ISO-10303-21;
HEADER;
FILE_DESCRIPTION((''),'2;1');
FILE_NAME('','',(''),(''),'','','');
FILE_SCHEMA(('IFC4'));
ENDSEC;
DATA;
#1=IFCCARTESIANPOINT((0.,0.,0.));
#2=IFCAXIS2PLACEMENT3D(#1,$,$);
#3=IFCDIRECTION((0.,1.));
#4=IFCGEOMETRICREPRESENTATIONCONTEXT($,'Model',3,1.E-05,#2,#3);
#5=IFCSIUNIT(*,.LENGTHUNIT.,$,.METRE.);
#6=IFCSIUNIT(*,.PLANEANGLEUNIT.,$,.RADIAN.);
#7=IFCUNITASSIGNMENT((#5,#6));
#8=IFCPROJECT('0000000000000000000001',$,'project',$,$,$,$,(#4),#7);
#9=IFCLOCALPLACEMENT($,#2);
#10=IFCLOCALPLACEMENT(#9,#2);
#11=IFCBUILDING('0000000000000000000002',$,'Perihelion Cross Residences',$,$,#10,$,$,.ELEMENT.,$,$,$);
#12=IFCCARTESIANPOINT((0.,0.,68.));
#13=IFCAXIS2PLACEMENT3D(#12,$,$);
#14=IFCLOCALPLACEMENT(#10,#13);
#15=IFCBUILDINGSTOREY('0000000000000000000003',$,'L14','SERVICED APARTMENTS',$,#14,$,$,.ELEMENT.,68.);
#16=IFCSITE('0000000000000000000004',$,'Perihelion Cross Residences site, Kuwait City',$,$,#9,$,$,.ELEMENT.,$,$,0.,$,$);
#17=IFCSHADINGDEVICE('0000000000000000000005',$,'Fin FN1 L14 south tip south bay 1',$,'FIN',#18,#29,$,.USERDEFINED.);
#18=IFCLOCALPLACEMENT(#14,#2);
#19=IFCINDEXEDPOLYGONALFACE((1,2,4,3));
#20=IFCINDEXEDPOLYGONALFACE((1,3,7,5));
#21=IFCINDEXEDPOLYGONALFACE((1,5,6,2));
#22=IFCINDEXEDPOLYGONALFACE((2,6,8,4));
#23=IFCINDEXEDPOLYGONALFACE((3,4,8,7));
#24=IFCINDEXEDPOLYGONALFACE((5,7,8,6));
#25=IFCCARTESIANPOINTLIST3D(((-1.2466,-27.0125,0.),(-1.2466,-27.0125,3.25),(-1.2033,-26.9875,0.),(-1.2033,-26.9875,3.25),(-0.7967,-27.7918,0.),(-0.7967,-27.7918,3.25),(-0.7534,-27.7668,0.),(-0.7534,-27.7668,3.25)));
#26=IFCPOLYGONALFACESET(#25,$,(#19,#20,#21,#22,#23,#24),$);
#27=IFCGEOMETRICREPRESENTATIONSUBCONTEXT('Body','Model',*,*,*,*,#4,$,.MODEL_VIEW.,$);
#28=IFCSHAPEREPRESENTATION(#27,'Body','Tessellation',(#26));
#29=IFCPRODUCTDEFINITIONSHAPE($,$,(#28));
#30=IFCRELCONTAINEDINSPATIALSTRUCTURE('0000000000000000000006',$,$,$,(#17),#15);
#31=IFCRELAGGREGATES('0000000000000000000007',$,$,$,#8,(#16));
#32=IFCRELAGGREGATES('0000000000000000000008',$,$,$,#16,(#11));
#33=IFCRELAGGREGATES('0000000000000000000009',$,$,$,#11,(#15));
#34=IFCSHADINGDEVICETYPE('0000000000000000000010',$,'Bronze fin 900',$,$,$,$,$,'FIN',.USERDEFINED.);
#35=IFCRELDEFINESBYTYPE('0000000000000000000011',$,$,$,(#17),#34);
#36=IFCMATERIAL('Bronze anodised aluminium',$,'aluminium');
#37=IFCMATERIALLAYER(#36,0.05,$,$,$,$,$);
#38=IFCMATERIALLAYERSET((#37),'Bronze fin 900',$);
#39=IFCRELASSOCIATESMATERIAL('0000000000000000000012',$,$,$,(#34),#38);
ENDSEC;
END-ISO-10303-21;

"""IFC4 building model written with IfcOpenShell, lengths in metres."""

from ifc_helpers import new_model, si_unit, direction, frame, origin, origin_2d, place, context, subcontext, project, spatial, rectangle, extrude, material, layer, layer_set, type_object, element, save


model = new_model("IFC4")

# Units and contexts
model_context = context("Model", 3, precision=1e-05, world=origin(), true_north=direction((0.0, 1.0)))
body_context = subcontext(model_context, "Body", "Model", "MODEL_VIEW")
ifc_project = project(units=[si_unit("LENGTHUNIT", "METRE"), si_unit("PLANEANGLEUNIT", "RADIAN")], contexts=[model_context])

# Site, building, storey
site_placement = place(None, origin())
site = spatial("IfcSite", under=ifc_project, at=site_placement, Name="Perihelion Cross Residences site, Kuwait City", CompositionType="ELEMENT", RefElevation=0.0)
building_placement = place(site_placement, origin())
building = spatial("IfcBuilding", under=site, at=building_placement, Name="Perihelion Cross Residences", CompositionType="ELEMENT")
storey_placement = place(building_placement, frame((0.0, 0.0, 68.0)))
storey = spatial("IfcBuildingStorey", under=building, at=storey_placement, Name="L14", Description="SERVICED APARTMENTS", CompositionType="ELEMENT", Elevation=68.0)

# Shading device
ifc_material_1 = material(Name="Bronze anodised aluminium", Category="aluminium")
ifc_layer_1 = layer(ifc_material_1, 0.05)
ifc_layer_set_1 = layer_set([ifc_layer_1], Name="Bronze fin 900")
shading_device_type = type_object("IfcShadingDeviceType", Name="Bronze fin 900", ElementType="FIN", PredefinedType="USERDEFINED", material=ifc_layer_set_1)
shading_device_placement = place(storey_placement, frame((-1.0, -27.3896, 0.0), z_axis=(0.0, 0.0, 1.0), x_axis=(0.5, -0.866025, 0.0)))
element("IfcShadingDevice", 1, at=shading_device_placement, inside=storey, type_object=shading_device_type, Name="Fin FN1 L14 south tip south bay 1", ObjectType="FIN", PredefinedType="USERDEFINED", context=body_context, shape_type="SweptSolid", body=[
    extrude(rectangle(XDim=0.8999, YDim=0.05, at=origin_2d()), origin(), (0.0, 0.0, 1.0), 3.25),
])

save(model, "model.ifc")
